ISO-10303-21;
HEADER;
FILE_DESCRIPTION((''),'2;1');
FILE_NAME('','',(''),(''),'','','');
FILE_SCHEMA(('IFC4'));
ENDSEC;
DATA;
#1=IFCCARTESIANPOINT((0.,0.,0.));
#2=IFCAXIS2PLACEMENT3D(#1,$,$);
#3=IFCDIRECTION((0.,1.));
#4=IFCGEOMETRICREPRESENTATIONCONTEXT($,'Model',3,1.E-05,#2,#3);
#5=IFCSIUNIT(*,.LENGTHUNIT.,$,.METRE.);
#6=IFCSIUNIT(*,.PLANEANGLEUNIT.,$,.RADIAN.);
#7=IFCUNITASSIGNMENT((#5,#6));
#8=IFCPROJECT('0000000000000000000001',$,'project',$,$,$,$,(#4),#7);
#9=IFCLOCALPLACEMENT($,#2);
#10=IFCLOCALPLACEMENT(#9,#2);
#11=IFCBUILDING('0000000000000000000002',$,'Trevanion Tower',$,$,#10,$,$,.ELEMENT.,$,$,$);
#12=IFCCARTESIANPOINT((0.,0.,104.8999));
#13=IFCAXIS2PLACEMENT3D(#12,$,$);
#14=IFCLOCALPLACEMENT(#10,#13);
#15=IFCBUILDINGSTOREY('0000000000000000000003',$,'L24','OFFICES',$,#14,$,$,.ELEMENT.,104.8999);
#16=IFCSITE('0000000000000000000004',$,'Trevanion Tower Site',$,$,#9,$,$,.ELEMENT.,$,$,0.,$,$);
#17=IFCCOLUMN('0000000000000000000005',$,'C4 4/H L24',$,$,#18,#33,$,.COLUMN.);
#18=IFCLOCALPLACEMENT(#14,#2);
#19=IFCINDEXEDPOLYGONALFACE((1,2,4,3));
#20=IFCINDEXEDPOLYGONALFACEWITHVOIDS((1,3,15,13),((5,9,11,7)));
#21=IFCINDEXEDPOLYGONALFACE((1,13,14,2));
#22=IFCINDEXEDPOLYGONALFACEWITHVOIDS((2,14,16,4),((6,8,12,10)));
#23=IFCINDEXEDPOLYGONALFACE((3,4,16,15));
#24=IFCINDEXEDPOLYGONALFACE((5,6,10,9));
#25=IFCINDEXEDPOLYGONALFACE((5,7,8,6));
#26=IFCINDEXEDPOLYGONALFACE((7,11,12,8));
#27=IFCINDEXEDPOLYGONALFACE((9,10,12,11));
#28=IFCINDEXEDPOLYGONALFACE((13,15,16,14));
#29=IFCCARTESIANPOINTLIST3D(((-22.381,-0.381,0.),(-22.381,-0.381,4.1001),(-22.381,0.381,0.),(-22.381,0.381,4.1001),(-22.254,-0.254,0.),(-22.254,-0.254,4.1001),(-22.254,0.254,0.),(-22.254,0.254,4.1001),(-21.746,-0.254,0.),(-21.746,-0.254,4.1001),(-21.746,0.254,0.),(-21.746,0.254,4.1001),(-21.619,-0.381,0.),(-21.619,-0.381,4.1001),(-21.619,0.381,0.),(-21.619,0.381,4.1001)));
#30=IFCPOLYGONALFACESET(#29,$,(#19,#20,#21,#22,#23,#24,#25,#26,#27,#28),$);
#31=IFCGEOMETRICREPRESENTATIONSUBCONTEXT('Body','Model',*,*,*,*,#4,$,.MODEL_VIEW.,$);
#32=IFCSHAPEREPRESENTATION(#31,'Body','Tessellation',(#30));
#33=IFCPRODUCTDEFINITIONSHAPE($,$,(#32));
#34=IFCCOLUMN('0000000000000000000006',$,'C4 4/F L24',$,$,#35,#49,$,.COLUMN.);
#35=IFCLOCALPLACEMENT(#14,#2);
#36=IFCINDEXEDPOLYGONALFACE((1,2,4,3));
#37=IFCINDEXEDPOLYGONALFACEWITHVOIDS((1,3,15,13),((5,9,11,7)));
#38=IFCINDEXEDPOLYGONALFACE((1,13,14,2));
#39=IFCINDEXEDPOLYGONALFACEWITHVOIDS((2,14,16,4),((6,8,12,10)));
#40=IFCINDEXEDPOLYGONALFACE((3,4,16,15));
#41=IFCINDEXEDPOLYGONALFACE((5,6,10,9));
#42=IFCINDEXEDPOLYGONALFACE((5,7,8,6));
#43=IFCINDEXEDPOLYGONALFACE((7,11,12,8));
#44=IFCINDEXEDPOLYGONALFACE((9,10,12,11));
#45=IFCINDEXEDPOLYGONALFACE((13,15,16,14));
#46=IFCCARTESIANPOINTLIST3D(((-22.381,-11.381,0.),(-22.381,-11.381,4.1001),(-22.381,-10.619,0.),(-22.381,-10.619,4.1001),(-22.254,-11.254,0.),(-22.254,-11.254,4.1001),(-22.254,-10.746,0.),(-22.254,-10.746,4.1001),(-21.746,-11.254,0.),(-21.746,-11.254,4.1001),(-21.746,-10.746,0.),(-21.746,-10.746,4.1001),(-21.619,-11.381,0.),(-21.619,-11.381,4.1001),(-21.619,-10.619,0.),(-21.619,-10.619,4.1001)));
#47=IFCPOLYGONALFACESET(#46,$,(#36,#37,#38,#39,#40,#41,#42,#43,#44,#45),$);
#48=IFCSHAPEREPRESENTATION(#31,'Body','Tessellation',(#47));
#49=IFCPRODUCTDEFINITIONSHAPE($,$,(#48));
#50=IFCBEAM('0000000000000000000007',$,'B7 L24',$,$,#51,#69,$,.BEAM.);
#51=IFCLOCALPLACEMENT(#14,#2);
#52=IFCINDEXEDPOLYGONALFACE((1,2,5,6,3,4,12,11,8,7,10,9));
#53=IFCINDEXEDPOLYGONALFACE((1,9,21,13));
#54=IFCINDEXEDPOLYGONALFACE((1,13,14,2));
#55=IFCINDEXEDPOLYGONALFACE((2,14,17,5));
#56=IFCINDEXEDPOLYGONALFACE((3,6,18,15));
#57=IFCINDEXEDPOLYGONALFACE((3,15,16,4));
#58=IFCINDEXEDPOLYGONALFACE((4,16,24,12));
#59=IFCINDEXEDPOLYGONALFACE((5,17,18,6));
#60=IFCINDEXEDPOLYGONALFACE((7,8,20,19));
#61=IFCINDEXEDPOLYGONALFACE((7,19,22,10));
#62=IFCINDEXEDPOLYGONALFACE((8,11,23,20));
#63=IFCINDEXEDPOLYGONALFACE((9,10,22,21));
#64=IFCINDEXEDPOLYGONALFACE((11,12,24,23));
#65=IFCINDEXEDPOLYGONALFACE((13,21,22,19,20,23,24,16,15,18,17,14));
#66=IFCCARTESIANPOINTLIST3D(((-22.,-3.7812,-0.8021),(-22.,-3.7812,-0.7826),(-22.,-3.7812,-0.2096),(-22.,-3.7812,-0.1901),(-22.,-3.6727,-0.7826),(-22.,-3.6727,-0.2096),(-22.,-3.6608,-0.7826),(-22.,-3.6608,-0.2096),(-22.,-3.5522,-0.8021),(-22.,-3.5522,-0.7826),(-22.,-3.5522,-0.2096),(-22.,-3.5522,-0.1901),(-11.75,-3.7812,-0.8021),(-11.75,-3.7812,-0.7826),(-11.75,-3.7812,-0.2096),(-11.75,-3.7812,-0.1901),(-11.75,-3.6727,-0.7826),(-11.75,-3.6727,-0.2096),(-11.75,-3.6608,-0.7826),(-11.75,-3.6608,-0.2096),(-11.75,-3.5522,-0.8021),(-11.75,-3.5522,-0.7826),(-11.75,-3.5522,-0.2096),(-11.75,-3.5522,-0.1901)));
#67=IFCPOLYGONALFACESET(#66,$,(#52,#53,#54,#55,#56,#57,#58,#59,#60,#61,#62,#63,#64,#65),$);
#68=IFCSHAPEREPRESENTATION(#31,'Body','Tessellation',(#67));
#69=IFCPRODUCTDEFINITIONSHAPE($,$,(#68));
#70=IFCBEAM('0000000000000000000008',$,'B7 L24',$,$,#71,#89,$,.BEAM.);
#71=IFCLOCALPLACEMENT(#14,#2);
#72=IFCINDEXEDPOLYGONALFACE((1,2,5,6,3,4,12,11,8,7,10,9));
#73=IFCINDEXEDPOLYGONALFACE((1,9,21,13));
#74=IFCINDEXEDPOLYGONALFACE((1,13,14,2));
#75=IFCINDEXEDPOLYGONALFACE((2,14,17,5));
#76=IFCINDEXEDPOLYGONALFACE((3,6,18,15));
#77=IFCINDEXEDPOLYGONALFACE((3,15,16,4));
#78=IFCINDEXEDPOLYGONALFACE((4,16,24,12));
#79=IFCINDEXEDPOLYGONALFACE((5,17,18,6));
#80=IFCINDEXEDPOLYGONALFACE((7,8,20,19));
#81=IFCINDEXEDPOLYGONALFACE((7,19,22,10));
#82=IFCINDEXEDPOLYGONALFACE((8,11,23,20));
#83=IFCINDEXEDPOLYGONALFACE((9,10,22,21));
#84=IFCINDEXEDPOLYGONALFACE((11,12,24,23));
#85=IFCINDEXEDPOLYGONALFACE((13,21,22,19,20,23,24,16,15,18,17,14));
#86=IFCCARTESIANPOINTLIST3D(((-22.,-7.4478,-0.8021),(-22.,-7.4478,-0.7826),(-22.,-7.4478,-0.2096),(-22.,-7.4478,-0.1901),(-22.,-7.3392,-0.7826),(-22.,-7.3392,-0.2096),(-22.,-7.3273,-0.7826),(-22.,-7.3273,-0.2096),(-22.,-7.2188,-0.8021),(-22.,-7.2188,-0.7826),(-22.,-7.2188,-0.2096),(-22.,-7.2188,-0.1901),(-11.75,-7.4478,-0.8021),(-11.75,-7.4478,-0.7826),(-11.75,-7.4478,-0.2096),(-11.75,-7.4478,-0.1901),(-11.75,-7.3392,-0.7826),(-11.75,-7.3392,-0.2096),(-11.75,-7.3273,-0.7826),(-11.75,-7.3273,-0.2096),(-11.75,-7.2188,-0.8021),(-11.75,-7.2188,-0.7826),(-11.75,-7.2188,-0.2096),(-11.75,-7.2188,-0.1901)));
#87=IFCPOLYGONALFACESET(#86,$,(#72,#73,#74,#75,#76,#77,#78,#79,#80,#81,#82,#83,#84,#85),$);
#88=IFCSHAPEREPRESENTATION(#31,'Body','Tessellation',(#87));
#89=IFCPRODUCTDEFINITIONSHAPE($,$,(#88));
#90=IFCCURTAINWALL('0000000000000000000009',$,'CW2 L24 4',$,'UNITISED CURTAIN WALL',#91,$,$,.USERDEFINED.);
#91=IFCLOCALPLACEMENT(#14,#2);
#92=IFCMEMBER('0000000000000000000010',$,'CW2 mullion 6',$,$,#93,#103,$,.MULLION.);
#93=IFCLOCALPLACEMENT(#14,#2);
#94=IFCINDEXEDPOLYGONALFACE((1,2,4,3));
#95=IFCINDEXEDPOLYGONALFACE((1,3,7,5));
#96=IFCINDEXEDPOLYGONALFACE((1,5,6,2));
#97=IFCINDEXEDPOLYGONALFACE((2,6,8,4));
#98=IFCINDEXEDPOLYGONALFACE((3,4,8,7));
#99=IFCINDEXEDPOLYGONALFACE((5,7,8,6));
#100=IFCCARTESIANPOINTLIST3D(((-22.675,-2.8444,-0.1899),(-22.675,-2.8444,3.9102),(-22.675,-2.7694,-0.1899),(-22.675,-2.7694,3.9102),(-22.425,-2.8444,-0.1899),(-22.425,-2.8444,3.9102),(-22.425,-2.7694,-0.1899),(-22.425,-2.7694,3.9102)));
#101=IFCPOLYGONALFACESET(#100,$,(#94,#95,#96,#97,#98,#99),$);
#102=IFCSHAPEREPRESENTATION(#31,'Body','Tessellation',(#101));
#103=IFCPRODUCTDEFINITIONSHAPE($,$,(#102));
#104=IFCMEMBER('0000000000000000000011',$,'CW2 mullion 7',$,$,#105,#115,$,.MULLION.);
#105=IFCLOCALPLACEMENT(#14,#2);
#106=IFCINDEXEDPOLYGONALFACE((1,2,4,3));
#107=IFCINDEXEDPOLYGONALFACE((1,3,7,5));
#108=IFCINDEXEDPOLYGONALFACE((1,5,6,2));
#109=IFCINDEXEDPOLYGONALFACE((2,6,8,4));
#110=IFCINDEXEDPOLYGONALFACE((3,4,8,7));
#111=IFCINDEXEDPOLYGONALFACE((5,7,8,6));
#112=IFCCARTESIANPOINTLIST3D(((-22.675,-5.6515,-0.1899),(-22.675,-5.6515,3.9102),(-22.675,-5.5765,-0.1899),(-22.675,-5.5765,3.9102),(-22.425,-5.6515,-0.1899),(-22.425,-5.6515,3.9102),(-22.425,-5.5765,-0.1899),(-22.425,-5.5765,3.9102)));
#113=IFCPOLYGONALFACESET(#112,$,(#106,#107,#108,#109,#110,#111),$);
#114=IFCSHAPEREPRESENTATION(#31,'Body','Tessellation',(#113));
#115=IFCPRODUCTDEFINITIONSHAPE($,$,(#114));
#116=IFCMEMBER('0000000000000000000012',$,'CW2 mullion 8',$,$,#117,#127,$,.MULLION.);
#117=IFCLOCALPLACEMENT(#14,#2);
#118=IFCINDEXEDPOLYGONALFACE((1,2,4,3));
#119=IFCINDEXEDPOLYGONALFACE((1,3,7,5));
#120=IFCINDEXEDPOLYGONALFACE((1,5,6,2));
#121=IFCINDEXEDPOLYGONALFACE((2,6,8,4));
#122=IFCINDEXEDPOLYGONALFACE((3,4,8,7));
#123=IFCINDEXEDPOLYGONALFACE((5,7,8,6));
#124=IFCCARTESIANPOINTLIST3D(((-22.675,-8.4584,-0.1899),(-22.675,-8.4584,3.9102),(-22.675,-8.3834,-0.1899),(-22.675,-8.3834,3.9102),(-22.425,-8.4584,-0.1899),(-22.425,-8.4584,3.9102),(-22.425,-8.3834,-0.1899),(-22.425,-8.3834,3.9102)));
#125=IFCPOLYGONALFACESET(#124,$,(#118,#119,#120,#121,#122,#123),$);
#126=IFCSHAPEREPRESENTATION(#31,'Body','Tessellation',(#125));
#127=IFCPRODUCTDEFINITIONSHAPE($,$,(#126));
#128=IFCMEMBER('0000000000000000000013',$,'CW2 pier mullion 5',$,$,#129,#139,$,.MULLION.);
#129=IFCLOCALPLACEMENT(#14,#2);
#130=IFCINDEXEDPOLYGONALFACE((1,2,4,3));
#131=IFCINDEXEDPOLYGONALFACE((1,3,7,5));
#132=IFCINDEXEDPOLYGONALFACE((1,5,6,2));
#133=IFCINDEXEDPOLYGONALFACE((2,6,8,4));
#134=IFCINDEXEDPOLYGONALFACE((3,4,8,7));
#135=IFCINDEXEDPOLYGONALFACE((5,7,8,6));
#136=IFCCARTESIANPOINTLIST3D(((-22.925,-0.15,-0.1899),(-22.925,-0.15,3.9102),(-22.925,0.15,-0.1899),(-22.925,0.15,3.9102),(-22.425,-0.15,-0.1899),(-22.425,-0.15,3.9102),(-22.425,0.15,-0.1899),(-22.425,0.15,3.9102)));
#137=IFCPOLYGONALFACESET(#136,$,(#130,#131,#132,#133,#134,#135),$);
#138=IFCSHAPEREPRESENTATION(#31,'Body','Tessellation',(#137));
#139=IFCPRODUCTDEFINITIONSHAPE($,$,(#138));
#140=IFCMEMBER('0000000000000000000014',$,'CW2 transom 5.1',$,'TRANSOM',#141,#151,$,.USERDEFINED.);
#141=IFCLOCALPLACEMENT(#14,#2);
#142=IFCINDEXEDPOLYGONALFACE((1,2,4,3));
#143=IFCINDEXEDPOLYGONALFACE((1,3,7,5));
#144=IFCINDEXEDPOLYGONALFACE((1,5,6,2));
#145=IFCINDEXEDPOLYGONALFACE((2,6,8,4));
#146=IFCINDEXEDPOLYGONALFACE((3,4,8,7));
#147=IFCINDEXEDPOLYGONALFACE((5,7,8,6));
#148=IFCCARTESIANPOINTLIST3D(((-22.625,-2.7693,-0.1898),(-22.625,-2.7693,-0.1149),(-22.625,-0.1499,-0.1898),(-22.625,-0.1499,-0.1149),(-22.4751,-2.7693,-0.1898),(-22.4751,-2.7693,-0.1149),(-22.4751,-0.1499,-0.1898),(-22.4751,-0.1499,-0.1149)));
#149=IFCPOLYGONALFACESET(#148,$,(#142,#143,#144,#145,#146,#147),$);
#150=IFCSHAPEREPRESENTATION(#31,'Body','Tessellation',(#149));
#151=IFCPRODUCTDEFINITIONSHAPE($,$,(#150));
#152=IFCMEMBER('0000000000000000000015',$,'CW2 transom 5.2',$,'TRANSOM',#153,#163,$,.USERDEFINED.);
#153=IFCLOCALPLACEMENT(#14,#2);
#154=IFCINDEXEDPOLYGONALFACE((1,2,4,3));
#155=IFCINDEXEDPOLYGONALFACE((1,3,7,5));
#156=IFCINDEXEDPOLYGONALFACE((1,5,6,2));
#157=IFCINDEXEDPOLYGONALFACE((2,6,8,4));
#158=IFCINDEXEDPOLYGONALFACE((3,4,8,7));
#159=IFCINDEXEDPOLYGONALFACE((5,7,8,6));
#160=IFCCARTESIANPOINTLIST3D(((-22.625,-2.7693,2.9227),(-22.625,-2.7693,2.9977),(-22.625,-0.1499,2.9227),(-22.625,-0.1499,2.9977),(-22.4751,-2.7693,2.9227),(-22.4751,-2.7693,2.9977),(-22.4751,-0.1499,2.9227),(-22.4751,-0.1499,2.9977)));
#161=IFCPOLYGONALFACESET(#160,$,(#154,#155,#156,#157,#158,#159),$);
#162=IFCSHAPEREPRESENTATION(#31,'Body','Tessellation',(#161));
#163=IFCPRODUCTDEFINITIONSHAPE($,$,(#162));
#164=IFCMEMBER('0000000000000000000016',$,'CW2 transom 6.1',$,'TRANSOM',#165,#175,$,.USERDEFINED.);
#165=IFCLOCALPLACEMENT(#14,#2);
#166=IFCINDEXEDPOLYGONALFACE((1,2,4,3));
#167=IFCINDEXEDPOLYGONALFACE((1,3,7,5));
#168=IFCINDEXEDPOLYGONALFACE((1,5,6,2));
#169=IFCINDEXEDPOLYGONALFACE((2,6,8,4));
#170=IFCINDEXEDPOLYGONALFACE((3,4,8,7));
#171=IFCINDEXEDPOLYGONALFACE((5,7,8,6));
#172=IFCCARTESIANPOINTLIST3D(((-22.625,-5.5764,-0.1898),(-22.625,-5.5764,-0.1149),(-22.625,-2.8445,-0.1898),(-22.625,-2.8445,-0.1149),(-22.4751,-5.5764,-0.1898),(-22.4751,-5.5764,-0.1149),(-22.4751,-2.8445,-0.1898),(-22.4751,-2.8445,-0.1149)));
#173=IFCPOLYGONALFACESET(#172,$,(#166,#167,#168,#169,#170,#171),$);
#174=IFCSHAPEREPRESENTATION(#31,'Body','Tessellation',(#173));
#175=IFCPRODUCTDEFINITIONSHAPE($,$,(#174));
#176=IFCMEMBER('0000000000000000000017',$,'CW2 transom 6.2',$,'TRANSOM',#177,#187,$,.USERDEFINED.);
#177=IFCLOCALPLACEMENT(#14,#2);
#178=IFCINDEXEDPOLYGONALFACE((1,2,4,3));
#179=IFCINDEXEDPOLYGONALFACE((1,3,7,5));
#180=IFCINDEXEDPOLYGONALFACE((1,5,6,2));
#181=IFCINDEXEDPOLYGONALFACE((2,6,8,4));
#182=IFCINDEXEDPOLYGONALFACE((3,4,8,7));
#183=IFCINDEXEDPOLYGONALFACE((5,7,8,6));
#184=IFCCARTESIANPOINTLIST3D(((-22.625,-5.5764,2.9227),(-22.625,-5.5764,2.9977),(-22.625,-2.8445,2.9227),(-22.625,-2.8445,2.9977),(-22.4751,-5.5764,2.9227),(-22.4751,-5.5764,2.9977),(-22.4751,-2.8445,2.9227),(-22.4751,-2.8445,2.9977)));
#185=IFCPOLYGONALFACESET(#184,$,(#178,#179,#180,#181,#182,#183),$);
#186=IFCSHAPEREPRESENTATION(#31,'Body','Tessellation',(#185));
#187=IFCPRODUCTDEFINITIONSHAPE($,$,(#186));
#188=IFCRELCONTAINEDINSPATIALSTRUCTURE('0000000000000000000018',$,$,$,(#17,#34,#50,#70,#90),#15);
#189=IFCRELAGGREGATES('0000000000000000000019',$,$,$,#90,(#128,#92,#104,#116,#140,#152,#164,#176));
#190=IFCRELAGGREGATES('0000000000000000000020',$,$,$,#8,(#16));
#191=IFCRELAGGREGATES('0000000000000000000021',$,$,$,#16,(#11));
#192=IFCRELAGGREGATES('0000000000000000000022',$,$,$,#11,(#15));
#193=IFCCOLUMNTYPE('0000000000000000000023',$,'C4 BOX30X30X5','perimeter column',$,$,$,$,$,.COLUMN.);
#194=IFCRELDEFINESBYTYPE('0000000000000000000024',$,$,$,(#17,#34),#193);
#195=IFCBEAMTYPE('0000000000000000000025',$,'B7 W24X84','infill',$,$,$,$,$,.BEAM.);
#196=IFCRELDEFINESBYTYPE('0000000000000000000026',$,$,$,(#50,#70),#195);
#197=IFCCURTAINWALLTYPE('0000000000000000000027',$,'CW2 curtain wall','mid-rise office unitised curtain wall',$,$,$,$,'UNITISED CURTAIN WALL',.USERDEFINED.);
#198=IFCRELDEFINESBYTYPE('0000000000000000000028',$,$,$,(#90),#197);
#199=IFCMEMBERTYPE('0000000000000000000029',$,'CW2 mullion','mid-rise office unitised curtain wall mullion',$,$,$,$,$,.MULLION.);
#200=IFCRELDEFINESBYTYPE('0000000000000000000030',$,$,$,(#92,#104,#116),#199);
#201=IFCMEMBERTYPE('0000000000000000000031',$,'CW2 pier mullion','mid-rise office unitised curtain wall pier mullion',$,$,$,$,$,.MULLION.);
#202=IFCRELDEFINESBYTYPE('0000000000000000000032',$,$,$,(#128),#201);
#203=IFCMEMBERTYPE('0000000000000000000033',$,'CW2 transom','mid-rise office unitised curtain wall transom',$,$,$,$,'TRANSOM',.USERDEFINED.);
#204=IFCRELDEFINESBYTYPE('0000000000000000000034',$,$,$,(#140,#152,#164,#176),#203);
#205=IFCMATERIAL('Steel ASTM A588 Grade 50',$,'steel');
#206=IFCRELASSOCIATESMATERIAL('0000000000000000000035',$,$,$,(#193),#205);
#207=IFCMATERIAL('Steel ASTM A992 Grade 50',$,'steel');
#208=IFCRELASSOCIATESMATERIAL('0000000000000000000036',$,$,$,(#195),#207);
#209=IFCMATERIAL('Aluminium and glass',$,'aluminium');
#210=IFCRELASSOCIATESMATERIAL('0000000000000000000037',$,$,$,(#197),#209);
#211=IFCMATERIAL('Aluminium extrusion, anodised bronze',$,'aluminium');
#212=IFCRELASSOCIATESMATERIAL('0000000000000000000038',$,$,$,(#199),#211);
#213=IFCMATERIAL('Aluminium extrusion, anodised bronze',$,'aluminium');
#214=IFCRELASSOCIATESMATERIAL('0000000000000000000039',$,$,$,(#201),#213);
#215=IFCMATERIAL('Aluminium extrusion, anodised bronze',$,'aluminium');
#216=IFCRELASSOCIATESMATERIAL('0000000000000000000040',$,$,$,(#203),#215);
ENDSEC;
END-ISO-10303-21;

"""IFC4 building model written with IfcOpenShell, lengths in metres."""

from ifc_helpers import new_model, si_unit, direction, frame, origin, origin_2d, place, context, subcontext, project, spatial, rectangle, hollow_rectangle, i_section, extrude, material, material_profile, profile_set, type_object, element, aggregate, save


model = new_model("IFC4")

# Units and contexts
model_context = context("Model", 3, precision=1e-05, world=origin(), true_north=direction((0.0, 1.0)))
body_context = subcontext(model_context, "Body", "Model", "MODEL_VIEW")
ifc_project = project(units=[si_unit("LENGTHUNIT", "METRE"), si_unit("PLANEANGLEUNIT", "RADIAN")], contexts=[model_context])

# Site, building, storey
site_placement = place(None, origin())
site = spatial("IfcSite", under=ifc_project, at=site_placement, Name="Trevanion Tower Site", CompositionType="ELEMENT", RefElevation=0.0)
building_placement = place(site_placement, origin())
building = spatial("IfcBuilding", under=site, at=building_placement, Name="Trevanion Tower", CompositionType="ELEMENT")
storey_placement = place(building_placement, frame((0.0, 0.0, 104.8999)))
storey = spatial("IfcBuildingStorey", under=building, at=storey_placement, Name="L24", Description="OFFICES", CompositionType="ELEMENT", Elevation=104.8999)

# Columns
ifc_material_1 = material(Name="Steel ASTM A588 Grade 50", Category="steel")
ifc_material_profile_1 = material_profile(ifc_material_1, hollow_rectangle(XDim=0.762, YDim=0.762, WallThickness=0.127, at=origin_2d()), Name="BOX30X30X5")
ifc_profile_set_1 = profile_set([ifc_material_profile_1], Name="Steel ASTM A588 Grade 50")
column_type = type_object("IfcColumnType", Name="C4 BOX30X30X5", Description="perimeter column", PredefinedType="COLUMN", material=ifc_profile_set_1)
for number, where, z_axis, x_axis, name in (
    (1, (-22.0, 0.0, 0.0), (0.0, 0.0, 1.0), (0.0, 1.0, 0.0), "C4 4/H L24"),
    (2, (-22.0, -11.0, 0.0), (0.0, 0.0, 1.0), (0.0, 1.0, 0.0), "C4 4/F L24"),
):
    element("IfcColumn", number, at=place(storey_placement, frame(where, z_axis=z_axis, x_axis=x_axis)), inside=storey, type_object=column_type, Name=name, PredefinedType="COLUMN", context=body_context, shape_type="SweptSolid", body=[
        extrude(hollow_rectangle(XDim=0.762, YDim=0.762, WallThickness=0.127, at=origin_2d()), origin(), (0.0, 0.0, 1.0), 4.1001),
    ])

# Beams
ifc_material_2 = material(Name="Steel ASTM A992 Grade 50", Category="steel")
ifc_material_profile_2 = material_profile(ifc_material_2, i_section(OverallWidth=0.229, OverallDepth=0.6121, WebThickness=0.012, FlangeThickness=0.0195, at=origin_2d()), Name="W24X84")
ifc_profile_set_2 = profile_set([ifc_material_profile_2], Name="Steel ASTM A992 Grade 50")
beam_type_1 = type_object("IfcBeamType", Name="B7 W24X84", Description="infill", PredefinedType="BEAM", material=ifc_profile_set_2)
for number, where, z_axis, x_axis, name in (
    (3, (-11.75, -3.6667, -0.4961), (-1.0, 0.0, 0.0), (0.0, -1.0, 0.0), "B7 L24"),
    (4, (-11.75, -7.3333, -0.4961), (-1.0, 0.0, 0.0), (0.0, -1.0, 0.0), "B7 L24"),
):
    element("IfcBeam", number, at=place(storey_placement, frame(where, z_axis=z_axis, x_axis=x_axis)), inside=storey, type_object=beam_type_1, Name=name, PredefinedType="BEAM", context=body_context, shape_type="SweptSolid", body=[
        extrude(i_section(OverallWidth=0.229, OverallDepth=0.6121, WebThickness=0.012, FlangeThickness=0.0195, at=origin_2d()), origin(), (0.0, 0.0, 1.0), 10.25),
    ])

# Curtain wall, members
ifc_material_3 = material(Name="Aluminium and glass", Category="aluminium")
curtain_wall_type = type_object("IfcCurtainWallType", Name="CW2 curtain wall", Description="mid-rise office unitised curtain wall", ElementType="UNITISED CURTAIN WALL", PredefinedType="USERDEFINED", material=ifc_material_3)
curtain_wall_placement = place(storey_placement, origin())
curtain_wall = element("IfcCurtainWall", 5, at=curtain_wall_placement, inside=storey, type_object=curtain_wall_type, Name="CW2 L24 4", ObjectType="UNITISED CURTAIN WALL", PredefinedType="USERDEFINED")
ifc_material_4 = material(Name="Aluminium extrusion, anodised bronze", Category="aluminium")
ifc_material_profile_3 = material_profile(ifc_material_4, rectangle(XDim=0.075, YDim=0.25, at=origin_2d()), Name="CW2 mullion")
ifc_profile_set_3 = profile_set([ifc_material_profile_3], Name="Aluminium extrusion, anodised bronze")
member_type_1 = type_object("IfcMemberType", Name="CW2 mullion", Description="mid-rise office unitised curtain wall mullion", PredefinedType="MULLION", material=ifc_profile_set_3)
member_1_placement = place(storey_placement, frame((-22.55, -2.8069, -0.1899), z_axis=(0.0, 0.0, 1.0), x_axis=(0.0, -1.0, 0.0)))
member_1 = element("IfcMember", 6, at=member_1_placement, type_object=member_type_1, Name="CW2 mullion 6", PredefinedType="MULLION", context=body_context, shape_type="SweptSolid", body=[
    extrude(rectangle(XDim=0.075, YDim=0.25, at=origin_2d()), origin(), (0.0, 0.0, 1.0), 4.1001),
])
member_2_placement = place(storey_placement, frame((-22.55, -5.614, -0.1899), z_axis=(0.0, 0.0, 1.0), x_axis=(0.0, -1.0, 0.0)))
member_2 = element("IfcMember", 7, at=member_2_placement, type_object=member_type_1, Name="CW2 mullion 7", PredefinedType="MULLION", context=body_context, shape_type="SweptSolid", body=[
    extrude(rectangle(XDim=0.075, YDim=0.25, at=origin_2d()), origin(), (0.0, 0.0, 1.0), 4.1001),
])
member_3_placement = place(storey_placement, frame((-22.55, -8.4209, -0.1899), z_axis=(0.0, 0.0, 1.0), x_axis=(0.0, -1.0, 0.0)))
member_3 = element("IfcMember", 8, at=member_3_placement, type_object=member_type_1, Name="CW2 mullion 8", PredefinedType="MULLION", context=body_context, shape_type="SweptSolid", body=[
    extrude(rectangle(XDim=0.075, YDim=0.25, at=origin_2d()), origin(), (0.0, 0.0, 1.0), 4.1001),
])
ifc_material_5 = material(Name="Aluminium extrusion, anodised bronze", Category="aluminium")
ifc_material_profile_4 = material_profile(ifc_material_5, rectangle(XDim=0.3, YDim=0.5, at=origin_2d()), Name="CW2 pier mullion")
ifc_profile_set_4 = profile_set([ifc_material_profile_4], Name="Aluminium extrusion, anodised bronze")
member_type_2 = type_object("IfcMemberType", Name="CW2 pier mullion", Description="mid-rise office unitised curtain wall pier mullion", PredefinedType="MULLION", material=ifc_profile_set_4)
member_4_placement = place(storey_placement, frame((-22.675, 0.0, -0.1899), z_axis=(0.0, 0.0, 1.0), x_axis=(0.0, -1.0, 0.0)))
member_4 = element("IfcMember", 9, at=member_4_placement, type_object=member_type_2, Name="CW2 pier mullion 5", PredefinedType="MULLION", context=body_context, shape_type="SweptSolid", body=[
    extrude(rectangle(XDim=0.3, YDim=0.5, at=origin_2d()), origin(), (0.0, 0.0, 1.0), 4.1001),
])
ifc_material_6 = material(Name="Aluminium extrusion, anodised bronze", Category="aluminium")
ifc_material_profile_5 = material_profile(ifc_material_6, rectangle(XDim=0.1499, YDim=0.075, at=origin_2d()), Name="CW2 transom")
ifc_profile_set_5 = profile_set([ifc_material_profile_5], Name="Aluminium extrusion, anodised bronze")
member_type_3 = type_object("IfcMemberType", Name="CW2 transom", Description="mid-rise office unitised curtain wall transom", ElementType="TRANSOM", PredefinedType="USERDEFINED", material=ifc_profile_set_5)
member_5_placement = place(storey_placement, frame((-22.55, -0.1499, -0.1523), z_axis=(0.0, -1.0, 0.0), x_axis=(1.0, 0.0, 0.0)))
member_5 = element("IfcMember", 10, at=member_5_placement, type_object=member_type_3, Name="CW2 transom 5.1", ObjectType="TRANSOM", PredefinedType="USERDEFINED", context=body_context, shape_type="SweptSolid", body=[
    extrude(rectangle(XDim=0.1499, YDim=0.075, at=origin_2d()), origin(), (0.0, 0.0, 1.0), 2.6194),
])
member_6_placement = place(storey_placement, frame((-22.55, -0.1499, 2.9602), z_axis=(0.0, -1.0, 0.0), x_axis=(1.0, 0.0, 0.0)))
member_6 = element("IfcMember", 11, at=member_6_placement, type_object=member_type_3, Name="CW2 transom 5.2", ObjectType="TRANSOM", PredefinedType="USERDEFINED", context=body_context, shape_type="SweptSolid", body=[
    extrude(rectangle(XDim=0.1499, YDim=0.075, at=origin_2d()), origin(), (0.0, 0.0, 1.0), 2.6194),
])
member_7_placement = place(storey_placement, frame((-22.55, -2.8445, -0.1523), z_axis=(0.0, -1.0, 0.0), x_axis=(1.0, 0.0, 0.0)))
member_7 = element("IfcMember", 12, at=member_7_placement, type_object=member_type_3, Name="CW2 transom 6.1", ObjectType="TRANSOM", PredefinedType="USERDEFINED", context=body_context, shape_type="SweptSolid", body=[
    extrude(rectangle(XDim=0.1499, YDim=0.075, at=origin_2d()), origin(), (0.0, 0.0, 1.0), 2.7319),
])
member_8_placement = place(storey_placement, frame((-22.55, -2.8445, 2.9602), z_axis=(0.0, -1.0, 0.0), x_axis=(1.0, 0.0, 0.0)))
member_8 = element("IfcMember", 13, at=member_8_placement, type_object=member_type_3, Name="CW2 transom 6.2", ObjectType="TRANSOM", PredefinedType="USERDEFINED", context=body_context, shape_type="SweptSolid", body=[
    extrude(rectangle(XDim=0.1499, YDim=0.075, at=origin_2d()), origin(), (0.0, 0.0, 1.0), 2.7319),
])

aggregate(curtain_wall, [member_4, member_1, member_2, member_3, member_5, member_6, member_7, member_8])

save(model, "model.ifc")
